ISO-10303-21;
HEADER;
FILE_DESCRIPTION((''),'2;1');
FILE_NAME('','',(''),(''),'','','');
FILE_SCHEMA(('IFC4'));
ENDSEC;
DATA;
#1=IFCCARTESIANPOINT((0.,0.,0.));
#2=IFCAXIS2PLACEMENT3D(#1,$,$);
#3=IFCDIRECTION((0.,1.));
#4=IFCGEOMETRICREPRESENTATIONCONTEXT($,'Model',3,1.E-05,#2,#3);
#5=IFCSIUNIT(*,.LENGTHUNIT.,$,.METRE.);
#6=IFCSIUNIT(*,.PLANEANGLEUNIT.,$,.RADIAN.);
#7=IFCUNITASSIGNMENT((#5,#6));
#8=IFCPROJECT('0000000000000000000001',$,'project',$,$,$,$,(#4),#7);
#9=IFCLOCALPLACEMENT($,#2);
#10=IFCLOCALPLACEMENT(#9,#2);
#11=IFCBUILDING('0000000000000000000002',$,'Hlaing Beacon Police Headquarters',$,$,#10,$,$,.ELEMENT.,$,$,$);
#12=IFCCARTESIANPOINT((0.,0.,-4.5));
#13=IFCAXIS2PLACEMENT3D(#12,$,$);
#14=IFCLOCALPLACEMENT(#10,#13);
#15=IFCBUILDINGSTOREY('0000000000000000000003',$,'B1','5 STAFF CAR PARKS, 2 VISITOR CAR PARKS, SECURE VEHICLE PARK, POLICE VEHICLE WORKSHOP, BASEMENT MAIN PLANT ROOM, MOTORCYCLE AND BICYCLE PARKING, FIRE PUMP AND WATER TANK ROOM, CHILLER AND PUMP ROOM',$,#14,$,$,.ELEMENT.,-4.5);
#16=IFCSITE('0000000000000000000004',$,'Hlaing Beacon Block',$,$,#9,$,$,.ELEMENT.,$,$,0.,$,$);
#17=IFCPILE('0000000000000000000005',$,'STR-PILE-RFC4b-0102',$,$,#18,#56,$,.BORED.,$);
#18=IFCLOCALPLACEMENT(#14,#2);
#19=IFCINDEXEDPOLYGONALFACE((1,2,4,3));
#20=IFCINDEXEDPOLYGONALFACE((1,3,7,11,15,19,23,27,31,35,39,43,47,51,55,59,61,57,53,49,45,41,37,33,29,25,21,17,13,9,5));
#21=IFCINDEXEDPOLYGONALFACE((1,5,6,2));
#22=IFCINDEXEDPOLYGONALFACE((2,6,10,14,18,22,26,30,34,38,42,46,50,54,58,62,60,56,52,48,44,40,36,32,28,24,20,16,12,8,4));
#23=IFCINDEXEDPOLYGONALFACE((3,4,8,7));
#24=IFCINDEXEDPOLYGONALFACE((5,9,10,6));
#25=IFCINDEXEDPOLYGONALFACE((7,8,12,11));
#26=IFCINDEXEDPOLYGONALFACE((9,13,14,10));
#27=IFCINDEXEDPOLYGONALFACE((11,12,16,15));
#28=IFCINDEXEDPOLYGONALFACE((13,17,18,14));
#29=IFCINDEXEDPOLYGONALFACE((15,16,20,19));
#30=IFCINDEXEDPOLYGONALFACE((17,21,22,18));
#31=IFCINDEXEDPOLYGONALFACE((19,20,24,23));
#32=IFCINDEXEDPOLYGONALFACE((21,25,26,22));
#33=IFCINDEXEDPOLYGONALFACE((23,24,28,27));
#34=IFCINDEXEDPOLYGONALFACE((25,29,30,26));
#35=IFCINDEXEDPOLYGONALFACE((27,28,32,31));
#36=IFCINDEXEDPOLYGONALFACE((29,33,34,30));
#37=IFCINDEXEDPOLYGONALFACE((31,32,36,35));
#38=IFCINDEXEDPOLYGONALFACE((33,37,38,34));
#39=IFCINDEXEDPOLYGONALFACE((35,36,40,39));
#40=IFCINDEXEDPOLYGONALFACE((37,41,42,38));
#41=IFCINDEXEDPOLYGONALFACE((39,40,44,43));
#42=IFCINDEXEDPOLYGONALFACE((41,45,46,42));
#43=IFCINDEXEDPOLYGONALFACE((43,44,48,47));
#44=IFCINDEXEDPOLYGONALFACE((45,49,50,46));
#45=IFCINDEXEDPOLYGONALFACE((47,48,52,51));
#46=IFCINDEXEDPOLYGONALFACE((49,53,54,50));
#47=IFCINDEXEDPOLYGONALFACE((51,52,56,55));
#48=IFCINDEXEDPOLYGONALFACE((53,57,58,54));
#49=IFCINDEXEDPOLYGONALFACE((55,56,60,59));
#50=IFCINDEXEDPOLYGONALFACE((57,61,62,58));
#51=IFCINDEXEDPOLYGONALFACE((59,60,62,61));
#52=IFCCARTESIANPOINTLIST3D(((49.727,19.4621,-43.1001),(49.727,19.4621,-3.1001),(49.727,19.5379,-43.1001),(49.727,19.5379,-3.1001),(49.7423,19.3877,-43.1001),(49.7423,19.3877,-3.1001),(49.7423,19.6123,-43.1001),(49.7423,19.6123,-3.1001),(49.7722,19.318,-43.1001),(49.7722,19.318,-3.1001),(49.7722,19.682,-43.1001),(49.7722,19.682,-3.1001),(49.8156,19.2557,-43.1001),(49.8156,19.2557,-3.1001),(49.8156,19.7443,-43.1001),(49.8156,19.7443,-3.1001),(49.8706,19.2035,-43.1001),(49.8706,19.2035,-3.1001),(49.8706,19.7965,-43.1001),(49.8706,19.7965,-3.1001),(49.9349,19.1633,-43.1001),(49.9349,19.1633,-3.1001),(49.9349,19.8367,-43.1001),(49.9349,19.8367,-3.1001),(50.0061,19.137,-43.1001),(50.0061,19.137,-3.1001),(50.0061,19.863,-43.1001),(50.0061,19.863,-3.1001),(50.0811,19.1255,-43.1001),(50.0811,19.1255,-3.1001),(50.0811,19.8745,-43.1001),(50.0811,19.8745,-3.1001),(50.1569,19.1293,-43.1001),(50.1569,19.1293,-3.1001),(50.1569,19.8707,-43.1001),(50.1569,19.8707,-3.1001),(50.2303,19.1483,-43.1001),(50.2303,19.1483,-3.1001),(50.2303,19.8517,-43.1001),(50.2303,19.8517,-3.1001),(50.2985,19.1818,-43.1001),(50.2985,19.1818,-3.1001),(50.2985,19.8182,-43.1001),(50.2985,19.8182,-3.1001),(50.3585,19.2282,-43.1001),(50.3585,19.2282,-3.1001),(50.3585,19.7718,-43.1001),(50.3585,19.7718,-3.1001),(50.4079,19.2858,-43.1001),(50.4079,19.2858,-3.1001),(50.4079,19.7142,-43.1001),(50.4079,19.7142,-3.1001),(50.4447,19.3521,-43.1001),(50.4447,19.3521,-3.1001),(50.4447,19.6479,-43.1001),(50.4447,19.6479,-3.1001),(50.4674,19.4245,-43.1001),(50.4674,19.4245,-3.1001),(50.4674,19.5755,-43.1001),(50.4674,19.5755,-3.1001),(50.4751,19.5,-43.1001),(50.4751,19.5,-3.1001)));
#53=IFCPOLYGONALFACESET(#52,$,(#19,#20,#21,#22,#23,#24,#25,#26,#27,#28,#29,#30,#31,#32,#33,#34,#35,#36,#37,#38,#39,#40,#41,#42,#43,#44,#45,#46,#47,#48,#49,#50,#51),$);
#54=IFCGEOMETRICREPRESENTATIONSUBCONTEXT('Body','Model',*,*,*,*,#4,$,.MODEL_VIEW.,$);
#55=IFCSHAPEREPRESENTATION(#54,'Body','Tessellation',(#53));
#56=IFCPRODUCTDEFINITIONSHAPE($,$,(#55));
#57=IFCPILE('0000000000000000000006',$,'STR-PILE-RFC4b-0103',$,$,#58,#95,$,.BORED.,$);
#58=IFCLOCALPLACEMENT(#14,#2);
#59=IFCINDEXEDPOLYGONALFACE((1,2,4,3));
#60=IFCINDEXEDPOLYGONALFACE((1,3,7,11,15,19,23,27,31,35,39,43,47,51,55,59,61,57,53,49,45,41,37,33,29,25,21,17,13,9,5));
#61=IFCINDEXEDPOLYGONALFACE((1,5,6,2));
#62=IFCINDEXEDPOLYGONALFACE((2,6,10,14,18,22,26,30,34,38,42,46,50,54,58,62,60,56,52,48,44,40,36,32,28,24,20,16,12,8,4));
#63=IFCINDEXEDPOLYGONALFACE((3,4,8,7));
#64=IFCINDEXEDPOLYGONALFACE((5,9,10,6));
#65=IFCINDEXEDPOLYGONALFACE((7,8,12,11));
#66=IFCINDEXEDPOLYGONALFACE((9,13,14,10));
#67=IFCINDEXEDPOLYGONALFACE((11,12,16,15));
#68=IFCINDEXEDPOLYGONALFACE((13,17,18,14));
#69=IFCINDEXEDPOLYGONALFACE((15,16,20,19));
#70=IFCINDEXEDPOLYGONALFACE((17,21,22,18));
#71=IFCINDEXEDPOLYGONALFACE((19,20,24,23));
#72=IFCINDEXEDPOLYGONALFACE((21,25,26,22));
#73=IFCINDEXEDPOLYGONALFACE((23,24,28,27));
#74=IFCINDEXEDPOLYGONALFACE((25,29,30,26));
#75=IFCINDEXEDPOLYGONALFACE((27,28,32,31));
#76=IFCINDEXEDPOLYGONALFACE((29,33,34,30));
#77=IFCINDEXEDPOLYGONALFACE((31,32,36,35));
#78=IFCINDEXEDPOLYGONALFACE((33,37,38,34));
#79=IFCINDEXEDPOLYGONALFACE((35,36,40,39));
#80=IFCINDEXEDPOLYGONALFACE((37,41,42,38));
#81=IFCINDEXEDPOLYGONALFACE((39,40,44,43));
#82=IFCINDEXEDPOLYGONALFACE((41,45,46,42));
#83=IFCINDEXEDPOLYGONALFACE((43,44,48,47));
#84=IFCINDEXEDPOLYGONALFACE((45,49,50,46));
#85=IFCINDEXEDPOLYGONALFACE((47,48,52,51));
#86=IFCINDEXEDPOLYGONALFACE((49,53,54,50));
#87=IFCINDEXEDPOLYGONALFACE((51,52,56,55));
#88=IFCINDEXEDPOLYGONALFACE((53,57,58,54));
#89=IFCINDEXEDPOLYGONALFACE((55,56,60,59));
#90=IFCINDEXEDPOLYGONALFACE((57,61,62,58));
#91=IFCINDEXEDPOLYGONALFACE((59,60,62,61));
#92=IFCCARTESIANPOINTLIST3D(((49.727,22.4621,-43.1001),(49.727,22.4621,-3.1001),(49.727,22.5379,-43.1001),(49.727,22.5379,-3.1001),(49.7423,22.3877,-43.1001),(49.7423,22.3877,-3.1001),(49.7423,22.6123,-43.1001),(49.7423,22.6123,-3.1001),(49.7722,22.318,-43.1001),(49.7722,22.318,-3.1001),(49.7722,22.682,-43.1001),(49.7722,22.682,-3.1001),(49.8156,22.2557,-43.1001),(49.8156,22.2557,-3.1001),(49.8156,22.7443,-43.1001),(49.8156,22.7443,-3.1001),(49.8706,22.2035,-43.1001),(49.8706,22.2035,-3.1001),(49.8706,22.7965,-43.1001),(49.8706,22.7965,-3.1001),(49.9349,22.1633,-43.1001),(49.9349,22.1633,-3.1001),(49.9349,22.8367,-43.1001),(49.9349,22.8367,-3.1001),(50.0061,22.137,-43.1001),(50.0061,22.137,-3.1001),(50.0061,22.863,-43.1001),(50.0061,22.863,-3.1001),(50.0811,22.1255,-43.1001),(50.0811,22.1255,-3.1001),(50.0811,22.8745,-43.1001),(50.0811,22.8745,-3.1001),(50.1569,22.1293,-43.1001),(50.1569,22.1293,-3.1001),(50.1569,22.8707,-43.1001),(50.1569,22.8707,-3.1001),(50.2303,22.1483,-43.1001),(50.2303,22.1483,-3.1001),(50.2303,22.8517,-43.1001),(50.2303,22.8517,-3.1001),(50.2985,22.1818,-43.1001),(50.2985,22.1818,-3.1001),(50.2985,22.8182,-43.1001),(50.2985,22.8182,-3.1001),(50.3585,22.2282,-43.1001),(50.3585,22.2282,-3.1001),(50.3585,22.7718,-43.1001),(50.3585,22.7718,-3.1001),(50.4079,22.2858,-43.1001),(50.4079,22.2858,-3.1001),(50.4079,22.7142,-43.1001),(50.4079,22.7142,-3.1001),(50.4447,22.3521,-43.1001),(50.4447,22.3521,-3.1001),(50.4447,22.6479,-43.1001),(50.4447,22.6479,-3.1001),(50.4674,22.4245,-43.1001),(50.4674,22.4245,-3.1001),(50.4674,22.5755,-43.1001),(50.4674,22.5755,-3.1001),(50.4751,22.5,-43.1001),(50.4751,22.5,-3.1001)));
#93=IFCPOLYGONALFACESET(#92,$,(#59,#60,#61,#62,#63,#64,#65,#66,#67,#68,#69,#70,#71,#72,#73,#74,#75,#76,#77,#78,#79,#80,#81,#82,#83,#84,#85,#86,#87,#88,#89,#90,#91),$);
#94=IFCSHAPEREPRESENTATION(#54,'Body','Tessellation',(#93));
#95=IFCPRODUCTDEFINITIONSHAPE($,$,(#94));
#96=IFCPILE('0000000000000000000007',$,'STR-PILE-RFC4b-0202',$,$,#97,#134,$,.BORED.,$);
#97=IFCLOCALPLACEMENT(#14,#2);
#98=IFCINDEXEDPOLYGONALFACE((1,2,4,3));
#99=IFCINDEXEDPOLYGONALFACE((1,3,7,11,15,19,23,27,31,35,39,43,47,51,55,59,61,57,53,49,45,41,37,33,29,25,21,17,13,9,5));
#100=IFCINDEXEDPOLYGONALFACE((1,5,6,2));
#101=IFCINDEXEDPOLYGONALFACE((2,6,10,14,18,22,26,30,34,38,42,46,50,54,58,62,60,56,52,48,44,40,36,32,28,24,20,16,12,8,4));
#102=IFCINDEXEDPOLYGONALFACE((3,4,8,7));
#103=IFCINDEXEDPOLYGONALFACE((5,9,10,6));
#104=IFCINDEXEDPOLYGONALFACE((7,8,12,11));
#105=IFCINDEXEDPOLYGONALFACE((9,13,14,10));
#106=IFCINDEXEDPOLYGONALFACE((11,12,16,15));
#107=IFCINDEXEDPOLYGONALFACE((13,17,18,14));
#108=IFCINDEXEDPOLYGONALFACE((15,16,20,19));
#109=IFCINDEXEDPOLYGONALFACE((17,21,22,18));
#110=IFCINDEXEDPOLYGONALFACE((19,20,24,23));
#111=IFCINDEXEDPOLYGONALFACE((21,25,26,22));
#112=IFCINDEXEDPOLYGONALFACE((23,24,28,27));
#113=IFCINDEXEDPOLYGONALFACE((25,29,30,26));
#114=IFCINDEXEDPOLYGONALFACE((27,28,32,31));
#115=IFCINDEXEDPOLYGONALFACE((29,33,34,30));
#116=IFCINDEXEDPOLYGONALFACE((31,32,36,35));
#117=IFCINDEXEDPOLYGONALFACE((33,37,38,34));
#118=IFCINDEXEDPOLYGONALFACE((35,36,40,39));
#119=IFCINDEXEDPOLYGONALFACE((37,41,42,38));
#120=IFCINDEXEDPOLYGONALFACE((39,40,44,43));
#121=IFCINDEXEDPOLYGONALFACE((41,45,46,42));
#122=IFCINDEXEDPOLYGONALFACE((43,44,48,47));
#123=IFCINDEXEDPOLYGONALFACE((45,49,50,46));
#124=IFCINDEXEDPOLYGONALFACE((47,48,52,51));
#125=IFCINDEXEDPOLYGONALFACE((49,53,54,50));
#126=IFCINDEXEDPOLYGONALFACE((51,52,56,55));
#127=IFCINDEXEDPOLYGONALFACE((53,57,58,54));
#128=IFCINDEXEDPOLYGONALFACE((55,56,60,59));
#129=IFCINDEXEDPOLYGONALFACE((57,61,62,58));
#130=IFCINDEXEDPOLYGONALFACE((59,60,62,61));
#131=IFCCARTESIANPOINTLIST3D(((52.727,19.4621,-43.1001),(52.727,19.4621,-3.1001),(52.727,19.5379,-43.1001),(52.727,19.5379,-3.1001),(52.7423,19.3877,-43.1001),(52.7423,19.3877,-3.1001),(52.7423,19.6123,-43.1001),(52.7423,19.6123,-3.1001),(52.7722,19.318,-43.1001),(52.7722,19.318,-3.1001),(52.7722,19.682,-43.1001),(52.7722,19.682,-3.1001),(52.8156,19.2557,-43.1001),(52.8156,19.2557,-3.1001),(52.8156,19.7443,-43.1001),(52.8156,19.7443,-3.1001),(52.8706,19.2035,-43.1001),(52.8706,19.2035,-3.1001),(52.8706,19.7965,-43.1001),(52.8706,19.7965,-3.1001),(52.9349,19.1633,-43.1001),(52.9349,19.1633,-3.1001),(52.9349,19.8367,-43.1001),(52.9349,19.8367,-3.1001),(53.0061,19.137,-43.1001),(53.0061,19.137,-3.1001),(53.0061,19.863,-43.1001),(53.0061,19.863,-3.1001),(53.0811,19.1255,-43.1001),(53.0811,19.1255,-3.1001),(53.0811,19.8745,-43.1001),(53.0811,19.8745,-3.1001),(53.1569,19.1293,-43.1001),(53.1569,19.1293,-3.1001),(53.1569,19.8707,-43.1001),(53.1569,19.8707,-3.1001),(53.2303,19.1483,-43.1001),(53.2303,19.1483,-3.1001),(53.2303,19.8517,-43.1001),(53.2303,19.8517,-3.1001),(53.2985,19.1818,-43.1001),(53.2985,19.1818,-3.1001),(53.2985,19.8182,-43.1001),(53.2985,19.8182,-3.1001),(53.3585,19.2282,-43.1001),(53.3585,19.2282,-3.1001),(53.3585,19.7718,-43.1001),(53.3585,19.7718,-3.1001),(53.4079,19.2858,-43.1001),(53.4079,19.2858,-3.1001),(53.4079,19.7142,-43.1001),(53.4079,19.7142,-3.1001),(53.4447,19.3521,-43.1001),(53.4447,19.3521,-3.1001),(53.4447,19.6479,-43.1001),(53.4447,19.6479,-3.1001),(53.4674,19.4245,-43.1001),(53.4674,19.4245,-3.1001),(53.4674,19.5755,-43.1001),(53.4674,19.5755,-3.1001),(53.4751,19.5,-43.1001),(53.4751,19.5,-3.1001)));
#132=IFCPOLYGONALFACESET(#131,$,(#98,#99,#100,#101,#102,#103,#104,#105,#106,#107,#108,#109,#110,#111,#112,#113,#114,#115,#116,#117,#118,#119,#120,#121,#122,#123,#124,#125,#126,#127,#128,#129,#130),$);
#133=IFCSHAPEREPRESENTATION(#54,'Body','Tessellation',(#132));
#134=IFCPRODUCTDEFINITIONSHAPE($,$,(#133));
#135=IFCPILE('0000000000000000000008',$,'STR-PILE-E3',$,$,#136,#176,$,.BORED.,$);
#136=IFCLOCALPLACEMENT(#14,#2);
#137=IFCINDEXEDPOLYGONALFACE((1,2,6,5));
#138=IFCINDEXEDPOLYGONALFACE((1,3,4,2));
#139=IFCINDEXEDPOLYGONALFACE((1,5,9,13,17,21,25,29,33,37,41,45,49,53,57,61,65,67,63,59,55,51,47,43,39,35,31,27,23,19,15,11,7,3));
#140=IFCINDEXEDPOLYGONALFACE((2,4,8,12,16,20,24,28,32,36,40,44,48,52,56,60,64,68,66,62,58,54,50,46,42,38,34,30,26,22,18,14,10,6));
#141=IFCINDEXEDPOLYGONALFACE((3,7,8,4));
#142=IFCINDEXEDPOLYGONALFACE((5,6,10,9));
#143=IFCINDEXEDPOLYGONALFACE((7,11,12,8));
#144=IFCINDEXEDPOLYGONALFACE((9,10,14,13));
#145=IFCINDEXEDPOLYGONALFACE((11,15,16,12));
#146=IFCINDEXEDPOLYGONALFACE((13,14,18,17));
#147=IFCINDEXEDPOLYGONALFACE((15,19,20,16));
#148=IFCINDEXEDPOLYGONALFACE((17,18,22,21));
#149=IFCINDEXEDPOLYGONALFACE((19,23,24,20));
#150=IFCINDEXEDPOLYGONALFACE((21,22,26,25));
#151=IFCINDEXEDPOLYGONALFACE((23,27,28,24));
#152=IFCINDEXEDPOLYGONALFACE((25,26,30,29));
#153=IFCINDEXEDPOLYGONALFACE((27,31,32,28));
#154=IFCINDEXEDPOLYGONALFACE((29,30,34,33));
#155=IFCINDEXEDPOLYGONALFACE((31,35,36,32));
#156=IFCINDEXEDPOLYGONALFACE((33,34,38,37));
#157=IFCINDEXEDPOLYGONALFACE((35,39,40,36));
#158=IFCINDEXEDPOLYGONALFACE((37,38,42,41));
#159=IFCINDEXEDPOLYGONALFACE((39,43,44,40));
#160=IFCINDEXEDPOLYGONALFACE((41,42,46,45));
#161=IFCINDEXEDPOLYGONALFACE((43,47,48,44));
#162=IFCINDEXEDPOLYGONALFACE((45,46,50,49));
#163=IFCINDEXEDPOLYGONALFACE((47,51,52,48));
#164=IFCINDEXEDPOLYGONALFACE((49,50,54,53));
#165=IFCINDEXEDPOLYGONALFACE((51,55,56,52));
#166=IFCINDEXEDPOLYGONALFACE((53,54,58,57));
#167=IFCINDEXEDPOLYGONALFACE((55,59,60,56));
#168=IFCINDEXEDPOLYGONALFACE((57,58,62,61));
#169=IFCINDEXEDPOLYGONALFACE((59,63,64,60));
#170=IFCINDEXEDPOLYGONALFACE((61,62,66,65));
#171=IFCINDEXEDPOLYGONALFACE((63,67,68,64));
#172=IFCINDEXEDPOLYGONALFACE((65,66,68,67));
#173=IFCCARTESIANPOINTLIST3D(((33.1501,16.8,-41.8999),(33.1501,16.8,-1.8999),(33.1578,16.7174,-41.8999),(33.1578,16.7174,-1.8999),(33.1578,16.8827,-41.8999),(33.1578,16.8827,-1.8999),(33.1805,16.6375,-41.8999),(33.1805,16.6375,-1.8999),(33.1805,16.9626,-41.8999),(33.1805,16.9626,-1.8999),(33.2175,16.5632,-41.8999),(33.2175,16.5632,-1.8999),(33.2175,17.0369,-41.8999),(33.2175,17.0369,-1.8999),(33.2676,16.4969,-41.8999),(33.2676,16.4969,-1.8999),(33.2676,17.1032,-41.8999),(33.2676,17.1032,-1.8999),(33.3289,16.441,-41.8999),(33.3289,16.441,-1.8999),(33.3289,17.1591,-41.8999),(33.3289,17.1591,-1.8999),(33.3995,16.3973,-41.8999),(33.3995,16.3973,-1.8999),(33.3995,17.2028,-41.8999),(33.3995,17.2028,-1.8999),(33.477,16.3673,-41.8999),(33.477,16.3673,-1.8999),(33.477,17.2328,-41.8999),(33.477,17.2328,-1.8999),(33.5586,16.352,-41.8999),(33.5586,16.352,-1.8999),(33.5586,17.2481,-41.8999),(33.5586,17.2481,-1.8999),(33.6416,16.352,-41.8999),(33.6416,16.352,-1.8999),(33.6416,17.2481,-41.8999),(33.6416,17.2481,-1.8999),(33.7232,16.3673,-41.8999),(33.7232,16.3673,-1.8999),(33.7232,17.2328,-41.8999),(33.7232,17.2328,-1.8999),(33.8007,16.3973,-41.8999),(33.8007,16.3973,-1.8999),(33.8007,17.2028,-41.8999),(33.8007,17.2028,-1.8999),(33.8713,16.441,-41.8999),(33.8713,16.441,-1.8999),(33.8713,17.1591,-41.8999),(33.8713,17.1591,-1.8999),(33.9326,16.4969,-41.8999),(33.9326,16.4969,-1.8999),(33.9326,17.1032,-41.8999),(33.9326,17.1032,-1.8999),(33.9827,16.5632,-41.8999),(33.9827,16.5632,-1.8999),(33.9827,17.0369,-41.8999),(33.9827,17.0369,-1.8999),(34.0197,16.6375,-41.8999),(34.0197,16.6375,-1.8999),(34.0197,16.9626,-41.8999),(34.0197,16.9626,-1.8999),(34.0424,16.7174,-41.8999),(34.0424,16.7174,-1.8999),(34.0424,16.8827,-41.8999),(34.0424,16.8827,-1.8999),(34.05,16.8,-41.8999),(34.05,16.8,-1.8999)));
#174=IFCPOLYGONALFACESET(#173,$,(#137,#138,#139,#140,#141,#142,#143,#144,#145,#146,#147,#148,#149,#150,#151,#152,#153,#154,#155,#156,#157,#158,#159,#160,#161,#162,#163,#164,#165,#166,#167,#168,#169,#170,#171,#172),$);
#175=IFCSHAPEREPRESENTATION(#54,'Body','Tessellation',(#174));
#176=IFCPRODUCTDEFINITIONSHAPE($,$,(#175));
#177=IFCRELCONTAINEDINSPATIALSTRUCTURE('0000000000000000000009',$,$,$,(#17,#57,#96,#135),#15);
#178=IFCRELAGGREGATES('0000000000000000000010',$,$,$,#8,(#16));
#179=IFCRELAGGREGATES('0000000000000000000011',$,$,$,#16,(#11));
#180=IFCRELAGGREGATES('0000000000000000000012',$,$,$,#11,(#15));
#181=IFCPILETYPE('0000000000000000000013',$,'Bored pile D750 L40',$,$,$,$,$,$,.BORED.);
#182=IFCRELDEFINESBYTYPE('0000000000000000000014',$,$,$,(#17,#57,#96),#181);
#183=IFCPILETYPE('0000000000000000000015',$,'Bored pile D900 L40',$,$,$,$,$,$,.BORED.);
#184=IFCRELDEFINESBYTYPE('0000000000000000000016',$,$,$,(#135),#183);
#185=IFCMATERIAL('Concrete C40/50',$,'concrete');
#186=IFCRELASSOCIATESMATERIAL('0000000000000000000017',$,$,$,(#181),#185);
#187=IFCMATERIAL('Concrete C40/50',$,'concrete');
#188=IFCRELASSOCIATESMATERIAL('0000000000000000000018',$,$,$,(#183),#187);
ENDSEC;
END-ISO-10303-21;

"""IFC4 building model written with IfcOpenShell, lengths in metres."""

from ifc_helpers import new_model, si_unit, direction, frame, origin, origin_2d, place, context, subcontext, project, spatial, circle, extrude, material, material_profile, profile_set, type_object, element, save


model = new_model("IFC4")

# Units and contexts
model_context = context("Model", 3, precision=1e-05, world=origin(), true_north=direction((0.0, 1.0)))
body_context = subcontext(model_context, "Body", "Model", "MODEL_VIEW")
ifc_project = project(units=[si_unit("LENGTHUNIT", "METRE"), si_unit("PLANEANGLEUNIT", "RADIAN")], contexts=[model_context])

# Site, building, storey
site_placement = place(None, origin())
site = spatial("IfcSite", under=ifc_project, at=site_placement, Name="Hlaing Beacon Block", CompositionType="ELEMENT", RefElevation=0.0)
building_placement = place(site_placement, origin())
building = spatial("IfcBuilding", under=site, at=building_placement, Name="Hlaing Beacon Police Headquarters", CompositionType="ELEMENT")
storey_placement = place(building_placement, frame((0.0, 0.0, -4.5)))
storey = spatial("IfcBuildingStorey", under=building, at=storey_placement, Name="B1", Description="5 STAFF CAR PARKS, 2 VISITOR CAR PARKS, SECURE VEHICLE PARK, POLICE VEHICLE WORKSHOP, BASEMENT MAIN PLANT ROOM, MOTORCYCLE AND BICYCLE PARKING, FIRE PUMP AND WATER TANK ROOM, CHILLER AND PUMP ROOM", CompositionType="ELEMENT", Elevation=-4.5)

# Piles
ifc_material_1 = material(Name="Concrete C40/50", Category="concrete")
ifc_material_profile_1 = material_profile(ifc_material_1, circle(Radius=0.375, at=origin_2d()), Name="D750")
ifc_profile_set_1 = profile_set([ifc_material_profile_1], Name="Concrete C40/50")
pile_type_1 = type_object("IfcPileType", Name="Bored pile D750 L40", PredefinedType="BORED", material=ifc_profile_set_1)
for number, where, z_axis, x_axis, name in (
    (1, (50.1001, 19.5, -3.1001), (0.0, 0.0, -1.0), (1.0, 0.0, 0.0), "STR-PILE-RFC4b-0102"),
    (2, (50.1001, 22.5, -3.1001), (0.0, 0.0, -1.0), (1.0, 0.0, 0.0), "STR-PILE-RFC4b-0103"),
    (3, (53.1001, 19.5, -3.1001), (0.0, 0.0, -1.0), (1.0, 0.0, 0.0), "STR-PILE-RFC4b-0202"),
):
    element("IfcPile", number, at=place(storey_placement, frame(where, z_axis=z_axis, x_axis=x_axis)), inside=storey, type_object=pile_type_1, Name=name, PredefinedType="BORED", context=body_context, shape_type="SweptSolid", body=[
        extrude(circle(Radius=0.375, at=origin_2d()), origin(), (0.0, 0.0, 1.0), 40.0),
    ])
ifc_material_2 = material(Name="Concrete C40/50", Category="concrete")
ifc_material_profile_2 = material_profile(ifc_material_2, circle(Radius=0.45, at=origin_2d()), Name="D900")
ifc_profile_set_2 = profile_set([ifc_material_profile_2], Name="Concrete C40/50")
pile_type_2 = type_object("IfcPileType", Name="Bored pile D900 L40", PredefinedType="BORED", material=ifc_profile_set_2)
for number, where, z_axis, x_axis, name in (
    (4, (33.6001, 16.8, -1.8999), (0.0, 0.0, -1.0), (1.0, 0.0, 0.0), "STR-PILE-E3"),
):
    element("IfcPile", number, at=place(storey_placement, frame(where, z_axis=z_axis, x_axis=x_axis)), inside=storey, type_object=pile_type_2, Name=name, PredefinedType="BORED", context=body_context, shape_type="SweptSolid", body=[
        extrude(circle(Radius=0.45, at=origin_2d()), origin(), (0.0, 0.0, 1.0), 40.0),
    ])

save(model, "model.ifc")
